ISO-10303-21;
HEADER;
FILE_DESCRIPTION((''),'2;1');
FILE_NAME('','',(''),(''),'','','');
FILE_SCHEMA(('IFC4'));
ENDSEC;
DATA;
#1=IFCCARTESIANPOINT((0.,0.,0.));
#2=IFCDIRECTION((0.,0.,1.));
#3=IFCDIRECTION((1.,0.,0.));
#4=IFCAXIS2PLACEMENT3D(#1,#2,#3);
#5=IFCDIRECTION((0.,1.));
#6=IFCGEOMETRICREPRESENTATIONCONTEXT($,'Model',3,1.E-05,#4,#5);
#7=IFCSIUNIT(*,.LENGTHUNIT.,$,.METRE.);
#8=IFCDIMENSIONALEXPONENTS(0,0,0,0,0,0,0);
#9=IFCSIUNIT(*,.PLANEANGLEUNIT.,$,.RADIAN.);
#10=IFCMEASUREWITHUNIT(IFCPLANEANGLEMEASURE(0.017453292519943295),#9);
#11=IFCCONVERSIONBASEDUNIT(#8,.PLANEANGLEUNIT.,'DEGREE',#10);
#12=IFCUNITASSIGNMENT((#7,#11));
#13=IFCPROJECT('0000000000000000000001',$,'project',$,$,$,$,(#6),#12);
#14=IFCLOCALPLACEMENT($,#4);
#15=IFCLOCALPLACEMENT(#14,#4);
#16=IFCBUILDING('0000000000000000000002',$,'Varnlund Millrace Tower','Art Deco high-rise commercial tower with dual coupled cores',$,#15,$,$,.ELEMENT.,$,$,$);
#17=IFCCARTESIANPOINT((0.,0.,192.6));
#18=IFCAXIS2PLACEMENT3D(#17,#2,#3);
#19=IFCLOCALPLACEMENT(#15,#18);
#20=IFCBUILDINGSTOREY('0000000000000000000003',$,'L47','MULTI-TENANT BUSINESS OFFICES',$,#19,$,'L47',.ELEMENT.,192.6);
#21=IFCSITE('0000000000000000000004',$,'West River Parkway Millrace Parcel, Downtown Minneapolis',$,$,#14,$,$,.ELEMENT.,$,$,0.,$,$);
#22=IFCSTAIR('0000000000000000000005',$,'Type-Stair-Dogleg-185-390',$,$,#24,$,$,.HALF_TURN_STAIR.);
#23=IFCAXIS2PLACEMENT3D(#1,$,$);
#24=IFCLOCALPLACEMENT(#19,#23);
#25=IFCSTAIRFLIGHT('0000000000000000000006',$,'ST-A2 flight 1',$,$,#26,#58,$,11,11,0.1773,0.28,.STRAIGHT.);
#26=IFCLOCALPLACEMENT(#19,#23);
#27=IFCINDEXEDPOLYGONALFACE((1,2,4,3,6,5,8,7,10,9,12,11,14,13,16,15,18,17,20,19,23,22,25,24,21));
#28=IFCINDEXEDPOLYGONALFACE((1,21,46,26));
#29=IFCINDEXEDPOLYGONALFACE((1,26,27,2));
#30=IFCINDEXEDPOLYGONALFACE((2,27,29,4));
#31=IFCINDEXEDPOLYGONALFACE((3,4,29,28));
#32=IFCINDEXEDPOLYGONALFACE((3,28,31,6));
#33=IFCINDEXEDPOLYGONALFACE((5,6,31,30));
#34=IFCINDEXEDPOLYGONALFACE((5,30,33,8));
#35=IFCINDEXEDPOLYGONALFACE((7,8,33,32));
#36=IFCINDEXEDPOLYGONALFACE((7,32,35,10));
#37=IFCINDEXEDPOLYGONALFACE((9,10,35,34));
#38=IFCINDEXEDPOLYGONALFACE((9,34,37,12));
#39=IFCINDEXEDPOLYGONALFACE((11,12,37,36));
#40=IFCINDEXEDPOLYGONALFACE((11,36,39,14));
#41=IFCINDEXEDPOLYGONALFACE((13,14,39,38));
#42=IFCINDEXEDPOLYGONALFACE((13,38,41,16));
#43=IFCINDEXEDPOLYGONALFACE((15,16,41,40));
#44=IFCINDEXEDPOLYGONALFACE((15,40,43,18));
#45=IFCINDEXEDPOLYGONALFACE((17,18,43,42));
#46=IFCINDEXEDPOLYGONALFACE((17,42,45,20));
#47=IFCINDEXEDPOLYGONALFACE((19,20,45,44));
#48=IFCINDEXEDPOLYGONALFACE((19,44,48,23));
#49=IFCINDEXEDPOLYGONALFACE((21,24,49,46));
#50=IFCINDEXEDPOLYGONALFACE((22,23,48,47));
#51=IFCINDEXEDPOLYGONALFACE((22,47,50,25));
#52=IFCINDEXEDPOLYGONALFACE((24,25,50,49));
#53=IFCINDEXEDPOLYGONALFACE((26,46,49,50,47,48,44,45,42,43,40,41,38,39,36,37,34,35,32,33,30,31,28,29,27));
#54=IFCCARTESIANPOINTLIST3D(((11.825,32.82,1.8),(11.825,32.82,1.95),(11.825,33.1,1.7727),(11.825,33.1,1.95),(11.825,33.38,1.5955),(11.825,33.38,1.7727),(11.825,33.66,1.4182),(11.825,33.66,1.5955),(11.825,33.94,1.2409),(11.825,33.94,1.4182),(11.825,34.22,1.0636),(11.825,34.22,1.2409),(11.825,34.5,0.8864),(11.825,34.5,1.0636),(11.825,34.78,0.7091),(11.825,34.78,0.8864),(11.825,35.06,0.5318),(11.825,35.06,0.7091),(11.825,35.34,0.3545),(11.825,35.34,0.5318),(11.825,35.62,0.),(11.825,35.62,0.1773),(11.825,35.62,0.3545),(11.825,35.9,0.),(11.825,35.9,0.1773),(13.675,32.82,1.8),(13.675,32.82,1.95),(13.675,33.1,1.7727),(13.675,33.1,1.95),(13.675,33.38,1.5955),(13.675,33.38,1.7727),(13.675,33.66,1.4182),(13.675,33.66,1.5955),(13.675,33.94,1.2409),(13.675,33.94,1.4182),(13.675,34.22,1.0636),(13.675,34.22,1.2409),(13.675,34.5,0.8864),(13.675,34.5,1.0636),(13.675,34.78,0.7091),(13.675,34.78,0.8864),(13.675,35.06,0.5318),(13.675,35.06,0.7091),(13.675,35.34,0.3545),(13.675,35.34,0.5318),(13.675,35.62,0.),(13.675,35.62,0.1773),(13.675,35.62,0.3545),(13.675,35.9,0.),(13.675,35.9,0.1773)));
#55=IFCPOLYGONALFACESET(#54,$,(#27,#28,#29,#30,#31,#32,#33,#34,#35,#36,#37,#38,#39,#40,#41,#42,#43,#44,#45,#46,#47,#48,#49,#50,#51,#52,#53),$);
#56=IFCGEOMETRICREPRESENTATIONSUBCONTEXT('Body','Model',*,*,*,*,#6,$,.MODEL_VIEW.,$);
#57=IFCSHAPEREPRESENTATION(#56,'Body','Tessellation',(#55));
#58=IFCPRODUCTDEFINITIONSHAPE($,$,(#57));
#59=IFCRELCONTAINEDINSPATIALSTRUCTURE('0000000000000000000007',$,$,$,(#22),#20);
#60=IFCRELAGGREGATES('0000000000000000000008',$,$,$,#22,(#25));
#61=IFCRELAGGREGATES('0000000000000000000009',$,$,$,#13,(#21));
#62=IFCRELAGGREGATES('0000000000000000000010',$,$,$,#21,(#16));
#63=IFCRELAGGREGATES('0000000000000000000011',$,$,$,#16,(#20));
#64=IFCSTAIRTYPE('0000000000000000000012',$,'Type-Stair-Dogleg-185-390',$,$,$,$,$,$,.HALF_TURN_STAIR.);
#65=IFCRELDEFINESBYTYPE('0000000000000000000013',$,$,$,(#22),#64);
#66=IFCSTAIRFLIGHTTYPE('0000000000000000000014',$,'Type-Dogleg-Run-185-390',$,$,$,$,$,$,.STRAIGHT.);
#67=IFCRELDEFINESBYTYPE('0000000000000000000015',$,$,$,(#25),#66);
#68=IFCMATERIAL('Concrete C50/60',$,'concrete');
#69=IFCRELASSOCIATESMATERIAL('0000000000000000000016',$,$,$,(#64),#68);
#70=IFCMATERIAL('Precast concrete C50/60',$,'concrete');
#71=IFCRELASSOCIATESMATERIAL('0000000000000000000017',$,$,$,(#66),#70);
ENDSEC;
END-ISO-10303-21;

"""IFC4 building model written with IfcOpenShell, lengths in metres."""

from ifc_helpers import new_model, entity, si_unit, converted_unit, direction, frame, origin_with_axes, place, context, subcontext, project, spatial, polyline, outline, extrude, material, type_object, element, aggregate, save


model = new_model("IFC4")

# Units and contexts
model_context = context("Model", 3, precision=1e-05, world=origin_with_axes(), true_north=direction((0.0, 1.0)))
body_context = subcontext(model_context, "Body", "Model", "MODEL_VIEW")
ifc_project = project(units=[si_unit("LENGTHUNIT", "METRE"), converted_unit("PLANEANGLEUNIT", "DEGREE", entity("IfcPlaneAngleMeasure", 0.017453292519943295), si_unit("PLANEANGLEUNIT", "RADIAN"), dimensions=[0, 0, 0, 0, 0, 0, 0])], contexts=[model_context])

# Site, building, storey
site_placement = place(None, origin_with_axes())
site = spatial("IfcSite", under=ifc_project, at=site_placement, Name="West River Parkway Millrace Parcel, Downtown Minneapolis", CompositionType="ELEMENT", RefElevation=0.0)
building_placement = place(site_placement, origin_with_axes())
building = spatial("IfcBuilding", under=site, at=building_placement, Name="Varnlund Millrace Tower", Description="Art Deco high-rise commercial tower with dual coupled cores", CompositionType="ELEMENT")
storey_placement = place(building_placement, frame((0.0, 0.0, 192.6), z_axis=(0.0, 0.0, 1.0), x_axis=(1.0, 0.0, 0.0)))
storey = spatial("IfcBuildingStorey", under=building, at=storey_placement, Name="L47", Description="MULTI-TENANT BUSINESS OFFICES", LongName="L47", CompositionType="ELEMENT", Elevation=192.6)

# Stair, stair flight
ifc_material_1 = material(Name="Concrete C50/60", Category="concrete")
ifc_material_2 = material(Name="Precast concrete C50/60", Category="concrete")
stair_type_1 = type_object("IfcStairType", Name="Type-Stair-Dogleg-185-390", PredefinedType="HALF_TURN_STAIR", material=ifc_material_1)
stair_1_placement = place(storey_placement, origin_with_axes())
stair_1 = element("IfcStair", 1, at=stair_1_placement, inside=storey, type_object=stair_type_1, Name="Type-Stair-Dogleg-185-390", PredefinedType="HALF_TURN_STAIR")
stair_flight_type_1 = type_object("IfcStairFlightType", Name="Type-Dogleg-Run-185-390", PredefinedType="STRAIGHT", material=ifc_material_2)
stair_flight_1_placement = place(storey_placement, frame((13.675, 35.9, 0.0), z_axis=(-1.0, 0.0, 0.0), x_axis=(0.0, -1.0, 0.0)))
stair_flight_1 = element("IfcStairFlight", 2, at=stair_flight_1_placement, type_object=stair_flight_type_1, Name="ST-A2 flight 1", NumberOfRisers=11, NumberOfTreads=11, PredefinedType="STRAIGHT", RiserHeight=0.1773, TreadLength=0.28, context=body_context, shape_type="SweptSolid", body=[
    extrude(outline(polyline([(0.0, 0.0), (0.0, 0.1773), (0.28, 0.1773), (0.28, 0.3545), (0.56, 0.3545), (0.56, 0.5318), (0.84, 0.5318), (0.84, 0.7091), (1.12, 0.7091), (1.12, 0.8864), (1.4, 0.8864), (1.4, 1.0636), (1.68, 1.0636), (1.68, 1.2409), (1.96, 1.2409), (1.96, 1.4182), (2.24, 1.4182), (2.24, 1.5955), (2.52, 1.5955), (2.52, 1.7727), (2.8, 1.7727), (2.8, 1.95), (3.08, 1.95), (3.08, 1.8), (0.28, 0.0), (0.0, 0.0)])), origin_with_axes(), (0.0, 0.0, 1.0), 1.85),
])
aggregate(stair_1, [stair_flight_1])

save(model, "model.ifc")
